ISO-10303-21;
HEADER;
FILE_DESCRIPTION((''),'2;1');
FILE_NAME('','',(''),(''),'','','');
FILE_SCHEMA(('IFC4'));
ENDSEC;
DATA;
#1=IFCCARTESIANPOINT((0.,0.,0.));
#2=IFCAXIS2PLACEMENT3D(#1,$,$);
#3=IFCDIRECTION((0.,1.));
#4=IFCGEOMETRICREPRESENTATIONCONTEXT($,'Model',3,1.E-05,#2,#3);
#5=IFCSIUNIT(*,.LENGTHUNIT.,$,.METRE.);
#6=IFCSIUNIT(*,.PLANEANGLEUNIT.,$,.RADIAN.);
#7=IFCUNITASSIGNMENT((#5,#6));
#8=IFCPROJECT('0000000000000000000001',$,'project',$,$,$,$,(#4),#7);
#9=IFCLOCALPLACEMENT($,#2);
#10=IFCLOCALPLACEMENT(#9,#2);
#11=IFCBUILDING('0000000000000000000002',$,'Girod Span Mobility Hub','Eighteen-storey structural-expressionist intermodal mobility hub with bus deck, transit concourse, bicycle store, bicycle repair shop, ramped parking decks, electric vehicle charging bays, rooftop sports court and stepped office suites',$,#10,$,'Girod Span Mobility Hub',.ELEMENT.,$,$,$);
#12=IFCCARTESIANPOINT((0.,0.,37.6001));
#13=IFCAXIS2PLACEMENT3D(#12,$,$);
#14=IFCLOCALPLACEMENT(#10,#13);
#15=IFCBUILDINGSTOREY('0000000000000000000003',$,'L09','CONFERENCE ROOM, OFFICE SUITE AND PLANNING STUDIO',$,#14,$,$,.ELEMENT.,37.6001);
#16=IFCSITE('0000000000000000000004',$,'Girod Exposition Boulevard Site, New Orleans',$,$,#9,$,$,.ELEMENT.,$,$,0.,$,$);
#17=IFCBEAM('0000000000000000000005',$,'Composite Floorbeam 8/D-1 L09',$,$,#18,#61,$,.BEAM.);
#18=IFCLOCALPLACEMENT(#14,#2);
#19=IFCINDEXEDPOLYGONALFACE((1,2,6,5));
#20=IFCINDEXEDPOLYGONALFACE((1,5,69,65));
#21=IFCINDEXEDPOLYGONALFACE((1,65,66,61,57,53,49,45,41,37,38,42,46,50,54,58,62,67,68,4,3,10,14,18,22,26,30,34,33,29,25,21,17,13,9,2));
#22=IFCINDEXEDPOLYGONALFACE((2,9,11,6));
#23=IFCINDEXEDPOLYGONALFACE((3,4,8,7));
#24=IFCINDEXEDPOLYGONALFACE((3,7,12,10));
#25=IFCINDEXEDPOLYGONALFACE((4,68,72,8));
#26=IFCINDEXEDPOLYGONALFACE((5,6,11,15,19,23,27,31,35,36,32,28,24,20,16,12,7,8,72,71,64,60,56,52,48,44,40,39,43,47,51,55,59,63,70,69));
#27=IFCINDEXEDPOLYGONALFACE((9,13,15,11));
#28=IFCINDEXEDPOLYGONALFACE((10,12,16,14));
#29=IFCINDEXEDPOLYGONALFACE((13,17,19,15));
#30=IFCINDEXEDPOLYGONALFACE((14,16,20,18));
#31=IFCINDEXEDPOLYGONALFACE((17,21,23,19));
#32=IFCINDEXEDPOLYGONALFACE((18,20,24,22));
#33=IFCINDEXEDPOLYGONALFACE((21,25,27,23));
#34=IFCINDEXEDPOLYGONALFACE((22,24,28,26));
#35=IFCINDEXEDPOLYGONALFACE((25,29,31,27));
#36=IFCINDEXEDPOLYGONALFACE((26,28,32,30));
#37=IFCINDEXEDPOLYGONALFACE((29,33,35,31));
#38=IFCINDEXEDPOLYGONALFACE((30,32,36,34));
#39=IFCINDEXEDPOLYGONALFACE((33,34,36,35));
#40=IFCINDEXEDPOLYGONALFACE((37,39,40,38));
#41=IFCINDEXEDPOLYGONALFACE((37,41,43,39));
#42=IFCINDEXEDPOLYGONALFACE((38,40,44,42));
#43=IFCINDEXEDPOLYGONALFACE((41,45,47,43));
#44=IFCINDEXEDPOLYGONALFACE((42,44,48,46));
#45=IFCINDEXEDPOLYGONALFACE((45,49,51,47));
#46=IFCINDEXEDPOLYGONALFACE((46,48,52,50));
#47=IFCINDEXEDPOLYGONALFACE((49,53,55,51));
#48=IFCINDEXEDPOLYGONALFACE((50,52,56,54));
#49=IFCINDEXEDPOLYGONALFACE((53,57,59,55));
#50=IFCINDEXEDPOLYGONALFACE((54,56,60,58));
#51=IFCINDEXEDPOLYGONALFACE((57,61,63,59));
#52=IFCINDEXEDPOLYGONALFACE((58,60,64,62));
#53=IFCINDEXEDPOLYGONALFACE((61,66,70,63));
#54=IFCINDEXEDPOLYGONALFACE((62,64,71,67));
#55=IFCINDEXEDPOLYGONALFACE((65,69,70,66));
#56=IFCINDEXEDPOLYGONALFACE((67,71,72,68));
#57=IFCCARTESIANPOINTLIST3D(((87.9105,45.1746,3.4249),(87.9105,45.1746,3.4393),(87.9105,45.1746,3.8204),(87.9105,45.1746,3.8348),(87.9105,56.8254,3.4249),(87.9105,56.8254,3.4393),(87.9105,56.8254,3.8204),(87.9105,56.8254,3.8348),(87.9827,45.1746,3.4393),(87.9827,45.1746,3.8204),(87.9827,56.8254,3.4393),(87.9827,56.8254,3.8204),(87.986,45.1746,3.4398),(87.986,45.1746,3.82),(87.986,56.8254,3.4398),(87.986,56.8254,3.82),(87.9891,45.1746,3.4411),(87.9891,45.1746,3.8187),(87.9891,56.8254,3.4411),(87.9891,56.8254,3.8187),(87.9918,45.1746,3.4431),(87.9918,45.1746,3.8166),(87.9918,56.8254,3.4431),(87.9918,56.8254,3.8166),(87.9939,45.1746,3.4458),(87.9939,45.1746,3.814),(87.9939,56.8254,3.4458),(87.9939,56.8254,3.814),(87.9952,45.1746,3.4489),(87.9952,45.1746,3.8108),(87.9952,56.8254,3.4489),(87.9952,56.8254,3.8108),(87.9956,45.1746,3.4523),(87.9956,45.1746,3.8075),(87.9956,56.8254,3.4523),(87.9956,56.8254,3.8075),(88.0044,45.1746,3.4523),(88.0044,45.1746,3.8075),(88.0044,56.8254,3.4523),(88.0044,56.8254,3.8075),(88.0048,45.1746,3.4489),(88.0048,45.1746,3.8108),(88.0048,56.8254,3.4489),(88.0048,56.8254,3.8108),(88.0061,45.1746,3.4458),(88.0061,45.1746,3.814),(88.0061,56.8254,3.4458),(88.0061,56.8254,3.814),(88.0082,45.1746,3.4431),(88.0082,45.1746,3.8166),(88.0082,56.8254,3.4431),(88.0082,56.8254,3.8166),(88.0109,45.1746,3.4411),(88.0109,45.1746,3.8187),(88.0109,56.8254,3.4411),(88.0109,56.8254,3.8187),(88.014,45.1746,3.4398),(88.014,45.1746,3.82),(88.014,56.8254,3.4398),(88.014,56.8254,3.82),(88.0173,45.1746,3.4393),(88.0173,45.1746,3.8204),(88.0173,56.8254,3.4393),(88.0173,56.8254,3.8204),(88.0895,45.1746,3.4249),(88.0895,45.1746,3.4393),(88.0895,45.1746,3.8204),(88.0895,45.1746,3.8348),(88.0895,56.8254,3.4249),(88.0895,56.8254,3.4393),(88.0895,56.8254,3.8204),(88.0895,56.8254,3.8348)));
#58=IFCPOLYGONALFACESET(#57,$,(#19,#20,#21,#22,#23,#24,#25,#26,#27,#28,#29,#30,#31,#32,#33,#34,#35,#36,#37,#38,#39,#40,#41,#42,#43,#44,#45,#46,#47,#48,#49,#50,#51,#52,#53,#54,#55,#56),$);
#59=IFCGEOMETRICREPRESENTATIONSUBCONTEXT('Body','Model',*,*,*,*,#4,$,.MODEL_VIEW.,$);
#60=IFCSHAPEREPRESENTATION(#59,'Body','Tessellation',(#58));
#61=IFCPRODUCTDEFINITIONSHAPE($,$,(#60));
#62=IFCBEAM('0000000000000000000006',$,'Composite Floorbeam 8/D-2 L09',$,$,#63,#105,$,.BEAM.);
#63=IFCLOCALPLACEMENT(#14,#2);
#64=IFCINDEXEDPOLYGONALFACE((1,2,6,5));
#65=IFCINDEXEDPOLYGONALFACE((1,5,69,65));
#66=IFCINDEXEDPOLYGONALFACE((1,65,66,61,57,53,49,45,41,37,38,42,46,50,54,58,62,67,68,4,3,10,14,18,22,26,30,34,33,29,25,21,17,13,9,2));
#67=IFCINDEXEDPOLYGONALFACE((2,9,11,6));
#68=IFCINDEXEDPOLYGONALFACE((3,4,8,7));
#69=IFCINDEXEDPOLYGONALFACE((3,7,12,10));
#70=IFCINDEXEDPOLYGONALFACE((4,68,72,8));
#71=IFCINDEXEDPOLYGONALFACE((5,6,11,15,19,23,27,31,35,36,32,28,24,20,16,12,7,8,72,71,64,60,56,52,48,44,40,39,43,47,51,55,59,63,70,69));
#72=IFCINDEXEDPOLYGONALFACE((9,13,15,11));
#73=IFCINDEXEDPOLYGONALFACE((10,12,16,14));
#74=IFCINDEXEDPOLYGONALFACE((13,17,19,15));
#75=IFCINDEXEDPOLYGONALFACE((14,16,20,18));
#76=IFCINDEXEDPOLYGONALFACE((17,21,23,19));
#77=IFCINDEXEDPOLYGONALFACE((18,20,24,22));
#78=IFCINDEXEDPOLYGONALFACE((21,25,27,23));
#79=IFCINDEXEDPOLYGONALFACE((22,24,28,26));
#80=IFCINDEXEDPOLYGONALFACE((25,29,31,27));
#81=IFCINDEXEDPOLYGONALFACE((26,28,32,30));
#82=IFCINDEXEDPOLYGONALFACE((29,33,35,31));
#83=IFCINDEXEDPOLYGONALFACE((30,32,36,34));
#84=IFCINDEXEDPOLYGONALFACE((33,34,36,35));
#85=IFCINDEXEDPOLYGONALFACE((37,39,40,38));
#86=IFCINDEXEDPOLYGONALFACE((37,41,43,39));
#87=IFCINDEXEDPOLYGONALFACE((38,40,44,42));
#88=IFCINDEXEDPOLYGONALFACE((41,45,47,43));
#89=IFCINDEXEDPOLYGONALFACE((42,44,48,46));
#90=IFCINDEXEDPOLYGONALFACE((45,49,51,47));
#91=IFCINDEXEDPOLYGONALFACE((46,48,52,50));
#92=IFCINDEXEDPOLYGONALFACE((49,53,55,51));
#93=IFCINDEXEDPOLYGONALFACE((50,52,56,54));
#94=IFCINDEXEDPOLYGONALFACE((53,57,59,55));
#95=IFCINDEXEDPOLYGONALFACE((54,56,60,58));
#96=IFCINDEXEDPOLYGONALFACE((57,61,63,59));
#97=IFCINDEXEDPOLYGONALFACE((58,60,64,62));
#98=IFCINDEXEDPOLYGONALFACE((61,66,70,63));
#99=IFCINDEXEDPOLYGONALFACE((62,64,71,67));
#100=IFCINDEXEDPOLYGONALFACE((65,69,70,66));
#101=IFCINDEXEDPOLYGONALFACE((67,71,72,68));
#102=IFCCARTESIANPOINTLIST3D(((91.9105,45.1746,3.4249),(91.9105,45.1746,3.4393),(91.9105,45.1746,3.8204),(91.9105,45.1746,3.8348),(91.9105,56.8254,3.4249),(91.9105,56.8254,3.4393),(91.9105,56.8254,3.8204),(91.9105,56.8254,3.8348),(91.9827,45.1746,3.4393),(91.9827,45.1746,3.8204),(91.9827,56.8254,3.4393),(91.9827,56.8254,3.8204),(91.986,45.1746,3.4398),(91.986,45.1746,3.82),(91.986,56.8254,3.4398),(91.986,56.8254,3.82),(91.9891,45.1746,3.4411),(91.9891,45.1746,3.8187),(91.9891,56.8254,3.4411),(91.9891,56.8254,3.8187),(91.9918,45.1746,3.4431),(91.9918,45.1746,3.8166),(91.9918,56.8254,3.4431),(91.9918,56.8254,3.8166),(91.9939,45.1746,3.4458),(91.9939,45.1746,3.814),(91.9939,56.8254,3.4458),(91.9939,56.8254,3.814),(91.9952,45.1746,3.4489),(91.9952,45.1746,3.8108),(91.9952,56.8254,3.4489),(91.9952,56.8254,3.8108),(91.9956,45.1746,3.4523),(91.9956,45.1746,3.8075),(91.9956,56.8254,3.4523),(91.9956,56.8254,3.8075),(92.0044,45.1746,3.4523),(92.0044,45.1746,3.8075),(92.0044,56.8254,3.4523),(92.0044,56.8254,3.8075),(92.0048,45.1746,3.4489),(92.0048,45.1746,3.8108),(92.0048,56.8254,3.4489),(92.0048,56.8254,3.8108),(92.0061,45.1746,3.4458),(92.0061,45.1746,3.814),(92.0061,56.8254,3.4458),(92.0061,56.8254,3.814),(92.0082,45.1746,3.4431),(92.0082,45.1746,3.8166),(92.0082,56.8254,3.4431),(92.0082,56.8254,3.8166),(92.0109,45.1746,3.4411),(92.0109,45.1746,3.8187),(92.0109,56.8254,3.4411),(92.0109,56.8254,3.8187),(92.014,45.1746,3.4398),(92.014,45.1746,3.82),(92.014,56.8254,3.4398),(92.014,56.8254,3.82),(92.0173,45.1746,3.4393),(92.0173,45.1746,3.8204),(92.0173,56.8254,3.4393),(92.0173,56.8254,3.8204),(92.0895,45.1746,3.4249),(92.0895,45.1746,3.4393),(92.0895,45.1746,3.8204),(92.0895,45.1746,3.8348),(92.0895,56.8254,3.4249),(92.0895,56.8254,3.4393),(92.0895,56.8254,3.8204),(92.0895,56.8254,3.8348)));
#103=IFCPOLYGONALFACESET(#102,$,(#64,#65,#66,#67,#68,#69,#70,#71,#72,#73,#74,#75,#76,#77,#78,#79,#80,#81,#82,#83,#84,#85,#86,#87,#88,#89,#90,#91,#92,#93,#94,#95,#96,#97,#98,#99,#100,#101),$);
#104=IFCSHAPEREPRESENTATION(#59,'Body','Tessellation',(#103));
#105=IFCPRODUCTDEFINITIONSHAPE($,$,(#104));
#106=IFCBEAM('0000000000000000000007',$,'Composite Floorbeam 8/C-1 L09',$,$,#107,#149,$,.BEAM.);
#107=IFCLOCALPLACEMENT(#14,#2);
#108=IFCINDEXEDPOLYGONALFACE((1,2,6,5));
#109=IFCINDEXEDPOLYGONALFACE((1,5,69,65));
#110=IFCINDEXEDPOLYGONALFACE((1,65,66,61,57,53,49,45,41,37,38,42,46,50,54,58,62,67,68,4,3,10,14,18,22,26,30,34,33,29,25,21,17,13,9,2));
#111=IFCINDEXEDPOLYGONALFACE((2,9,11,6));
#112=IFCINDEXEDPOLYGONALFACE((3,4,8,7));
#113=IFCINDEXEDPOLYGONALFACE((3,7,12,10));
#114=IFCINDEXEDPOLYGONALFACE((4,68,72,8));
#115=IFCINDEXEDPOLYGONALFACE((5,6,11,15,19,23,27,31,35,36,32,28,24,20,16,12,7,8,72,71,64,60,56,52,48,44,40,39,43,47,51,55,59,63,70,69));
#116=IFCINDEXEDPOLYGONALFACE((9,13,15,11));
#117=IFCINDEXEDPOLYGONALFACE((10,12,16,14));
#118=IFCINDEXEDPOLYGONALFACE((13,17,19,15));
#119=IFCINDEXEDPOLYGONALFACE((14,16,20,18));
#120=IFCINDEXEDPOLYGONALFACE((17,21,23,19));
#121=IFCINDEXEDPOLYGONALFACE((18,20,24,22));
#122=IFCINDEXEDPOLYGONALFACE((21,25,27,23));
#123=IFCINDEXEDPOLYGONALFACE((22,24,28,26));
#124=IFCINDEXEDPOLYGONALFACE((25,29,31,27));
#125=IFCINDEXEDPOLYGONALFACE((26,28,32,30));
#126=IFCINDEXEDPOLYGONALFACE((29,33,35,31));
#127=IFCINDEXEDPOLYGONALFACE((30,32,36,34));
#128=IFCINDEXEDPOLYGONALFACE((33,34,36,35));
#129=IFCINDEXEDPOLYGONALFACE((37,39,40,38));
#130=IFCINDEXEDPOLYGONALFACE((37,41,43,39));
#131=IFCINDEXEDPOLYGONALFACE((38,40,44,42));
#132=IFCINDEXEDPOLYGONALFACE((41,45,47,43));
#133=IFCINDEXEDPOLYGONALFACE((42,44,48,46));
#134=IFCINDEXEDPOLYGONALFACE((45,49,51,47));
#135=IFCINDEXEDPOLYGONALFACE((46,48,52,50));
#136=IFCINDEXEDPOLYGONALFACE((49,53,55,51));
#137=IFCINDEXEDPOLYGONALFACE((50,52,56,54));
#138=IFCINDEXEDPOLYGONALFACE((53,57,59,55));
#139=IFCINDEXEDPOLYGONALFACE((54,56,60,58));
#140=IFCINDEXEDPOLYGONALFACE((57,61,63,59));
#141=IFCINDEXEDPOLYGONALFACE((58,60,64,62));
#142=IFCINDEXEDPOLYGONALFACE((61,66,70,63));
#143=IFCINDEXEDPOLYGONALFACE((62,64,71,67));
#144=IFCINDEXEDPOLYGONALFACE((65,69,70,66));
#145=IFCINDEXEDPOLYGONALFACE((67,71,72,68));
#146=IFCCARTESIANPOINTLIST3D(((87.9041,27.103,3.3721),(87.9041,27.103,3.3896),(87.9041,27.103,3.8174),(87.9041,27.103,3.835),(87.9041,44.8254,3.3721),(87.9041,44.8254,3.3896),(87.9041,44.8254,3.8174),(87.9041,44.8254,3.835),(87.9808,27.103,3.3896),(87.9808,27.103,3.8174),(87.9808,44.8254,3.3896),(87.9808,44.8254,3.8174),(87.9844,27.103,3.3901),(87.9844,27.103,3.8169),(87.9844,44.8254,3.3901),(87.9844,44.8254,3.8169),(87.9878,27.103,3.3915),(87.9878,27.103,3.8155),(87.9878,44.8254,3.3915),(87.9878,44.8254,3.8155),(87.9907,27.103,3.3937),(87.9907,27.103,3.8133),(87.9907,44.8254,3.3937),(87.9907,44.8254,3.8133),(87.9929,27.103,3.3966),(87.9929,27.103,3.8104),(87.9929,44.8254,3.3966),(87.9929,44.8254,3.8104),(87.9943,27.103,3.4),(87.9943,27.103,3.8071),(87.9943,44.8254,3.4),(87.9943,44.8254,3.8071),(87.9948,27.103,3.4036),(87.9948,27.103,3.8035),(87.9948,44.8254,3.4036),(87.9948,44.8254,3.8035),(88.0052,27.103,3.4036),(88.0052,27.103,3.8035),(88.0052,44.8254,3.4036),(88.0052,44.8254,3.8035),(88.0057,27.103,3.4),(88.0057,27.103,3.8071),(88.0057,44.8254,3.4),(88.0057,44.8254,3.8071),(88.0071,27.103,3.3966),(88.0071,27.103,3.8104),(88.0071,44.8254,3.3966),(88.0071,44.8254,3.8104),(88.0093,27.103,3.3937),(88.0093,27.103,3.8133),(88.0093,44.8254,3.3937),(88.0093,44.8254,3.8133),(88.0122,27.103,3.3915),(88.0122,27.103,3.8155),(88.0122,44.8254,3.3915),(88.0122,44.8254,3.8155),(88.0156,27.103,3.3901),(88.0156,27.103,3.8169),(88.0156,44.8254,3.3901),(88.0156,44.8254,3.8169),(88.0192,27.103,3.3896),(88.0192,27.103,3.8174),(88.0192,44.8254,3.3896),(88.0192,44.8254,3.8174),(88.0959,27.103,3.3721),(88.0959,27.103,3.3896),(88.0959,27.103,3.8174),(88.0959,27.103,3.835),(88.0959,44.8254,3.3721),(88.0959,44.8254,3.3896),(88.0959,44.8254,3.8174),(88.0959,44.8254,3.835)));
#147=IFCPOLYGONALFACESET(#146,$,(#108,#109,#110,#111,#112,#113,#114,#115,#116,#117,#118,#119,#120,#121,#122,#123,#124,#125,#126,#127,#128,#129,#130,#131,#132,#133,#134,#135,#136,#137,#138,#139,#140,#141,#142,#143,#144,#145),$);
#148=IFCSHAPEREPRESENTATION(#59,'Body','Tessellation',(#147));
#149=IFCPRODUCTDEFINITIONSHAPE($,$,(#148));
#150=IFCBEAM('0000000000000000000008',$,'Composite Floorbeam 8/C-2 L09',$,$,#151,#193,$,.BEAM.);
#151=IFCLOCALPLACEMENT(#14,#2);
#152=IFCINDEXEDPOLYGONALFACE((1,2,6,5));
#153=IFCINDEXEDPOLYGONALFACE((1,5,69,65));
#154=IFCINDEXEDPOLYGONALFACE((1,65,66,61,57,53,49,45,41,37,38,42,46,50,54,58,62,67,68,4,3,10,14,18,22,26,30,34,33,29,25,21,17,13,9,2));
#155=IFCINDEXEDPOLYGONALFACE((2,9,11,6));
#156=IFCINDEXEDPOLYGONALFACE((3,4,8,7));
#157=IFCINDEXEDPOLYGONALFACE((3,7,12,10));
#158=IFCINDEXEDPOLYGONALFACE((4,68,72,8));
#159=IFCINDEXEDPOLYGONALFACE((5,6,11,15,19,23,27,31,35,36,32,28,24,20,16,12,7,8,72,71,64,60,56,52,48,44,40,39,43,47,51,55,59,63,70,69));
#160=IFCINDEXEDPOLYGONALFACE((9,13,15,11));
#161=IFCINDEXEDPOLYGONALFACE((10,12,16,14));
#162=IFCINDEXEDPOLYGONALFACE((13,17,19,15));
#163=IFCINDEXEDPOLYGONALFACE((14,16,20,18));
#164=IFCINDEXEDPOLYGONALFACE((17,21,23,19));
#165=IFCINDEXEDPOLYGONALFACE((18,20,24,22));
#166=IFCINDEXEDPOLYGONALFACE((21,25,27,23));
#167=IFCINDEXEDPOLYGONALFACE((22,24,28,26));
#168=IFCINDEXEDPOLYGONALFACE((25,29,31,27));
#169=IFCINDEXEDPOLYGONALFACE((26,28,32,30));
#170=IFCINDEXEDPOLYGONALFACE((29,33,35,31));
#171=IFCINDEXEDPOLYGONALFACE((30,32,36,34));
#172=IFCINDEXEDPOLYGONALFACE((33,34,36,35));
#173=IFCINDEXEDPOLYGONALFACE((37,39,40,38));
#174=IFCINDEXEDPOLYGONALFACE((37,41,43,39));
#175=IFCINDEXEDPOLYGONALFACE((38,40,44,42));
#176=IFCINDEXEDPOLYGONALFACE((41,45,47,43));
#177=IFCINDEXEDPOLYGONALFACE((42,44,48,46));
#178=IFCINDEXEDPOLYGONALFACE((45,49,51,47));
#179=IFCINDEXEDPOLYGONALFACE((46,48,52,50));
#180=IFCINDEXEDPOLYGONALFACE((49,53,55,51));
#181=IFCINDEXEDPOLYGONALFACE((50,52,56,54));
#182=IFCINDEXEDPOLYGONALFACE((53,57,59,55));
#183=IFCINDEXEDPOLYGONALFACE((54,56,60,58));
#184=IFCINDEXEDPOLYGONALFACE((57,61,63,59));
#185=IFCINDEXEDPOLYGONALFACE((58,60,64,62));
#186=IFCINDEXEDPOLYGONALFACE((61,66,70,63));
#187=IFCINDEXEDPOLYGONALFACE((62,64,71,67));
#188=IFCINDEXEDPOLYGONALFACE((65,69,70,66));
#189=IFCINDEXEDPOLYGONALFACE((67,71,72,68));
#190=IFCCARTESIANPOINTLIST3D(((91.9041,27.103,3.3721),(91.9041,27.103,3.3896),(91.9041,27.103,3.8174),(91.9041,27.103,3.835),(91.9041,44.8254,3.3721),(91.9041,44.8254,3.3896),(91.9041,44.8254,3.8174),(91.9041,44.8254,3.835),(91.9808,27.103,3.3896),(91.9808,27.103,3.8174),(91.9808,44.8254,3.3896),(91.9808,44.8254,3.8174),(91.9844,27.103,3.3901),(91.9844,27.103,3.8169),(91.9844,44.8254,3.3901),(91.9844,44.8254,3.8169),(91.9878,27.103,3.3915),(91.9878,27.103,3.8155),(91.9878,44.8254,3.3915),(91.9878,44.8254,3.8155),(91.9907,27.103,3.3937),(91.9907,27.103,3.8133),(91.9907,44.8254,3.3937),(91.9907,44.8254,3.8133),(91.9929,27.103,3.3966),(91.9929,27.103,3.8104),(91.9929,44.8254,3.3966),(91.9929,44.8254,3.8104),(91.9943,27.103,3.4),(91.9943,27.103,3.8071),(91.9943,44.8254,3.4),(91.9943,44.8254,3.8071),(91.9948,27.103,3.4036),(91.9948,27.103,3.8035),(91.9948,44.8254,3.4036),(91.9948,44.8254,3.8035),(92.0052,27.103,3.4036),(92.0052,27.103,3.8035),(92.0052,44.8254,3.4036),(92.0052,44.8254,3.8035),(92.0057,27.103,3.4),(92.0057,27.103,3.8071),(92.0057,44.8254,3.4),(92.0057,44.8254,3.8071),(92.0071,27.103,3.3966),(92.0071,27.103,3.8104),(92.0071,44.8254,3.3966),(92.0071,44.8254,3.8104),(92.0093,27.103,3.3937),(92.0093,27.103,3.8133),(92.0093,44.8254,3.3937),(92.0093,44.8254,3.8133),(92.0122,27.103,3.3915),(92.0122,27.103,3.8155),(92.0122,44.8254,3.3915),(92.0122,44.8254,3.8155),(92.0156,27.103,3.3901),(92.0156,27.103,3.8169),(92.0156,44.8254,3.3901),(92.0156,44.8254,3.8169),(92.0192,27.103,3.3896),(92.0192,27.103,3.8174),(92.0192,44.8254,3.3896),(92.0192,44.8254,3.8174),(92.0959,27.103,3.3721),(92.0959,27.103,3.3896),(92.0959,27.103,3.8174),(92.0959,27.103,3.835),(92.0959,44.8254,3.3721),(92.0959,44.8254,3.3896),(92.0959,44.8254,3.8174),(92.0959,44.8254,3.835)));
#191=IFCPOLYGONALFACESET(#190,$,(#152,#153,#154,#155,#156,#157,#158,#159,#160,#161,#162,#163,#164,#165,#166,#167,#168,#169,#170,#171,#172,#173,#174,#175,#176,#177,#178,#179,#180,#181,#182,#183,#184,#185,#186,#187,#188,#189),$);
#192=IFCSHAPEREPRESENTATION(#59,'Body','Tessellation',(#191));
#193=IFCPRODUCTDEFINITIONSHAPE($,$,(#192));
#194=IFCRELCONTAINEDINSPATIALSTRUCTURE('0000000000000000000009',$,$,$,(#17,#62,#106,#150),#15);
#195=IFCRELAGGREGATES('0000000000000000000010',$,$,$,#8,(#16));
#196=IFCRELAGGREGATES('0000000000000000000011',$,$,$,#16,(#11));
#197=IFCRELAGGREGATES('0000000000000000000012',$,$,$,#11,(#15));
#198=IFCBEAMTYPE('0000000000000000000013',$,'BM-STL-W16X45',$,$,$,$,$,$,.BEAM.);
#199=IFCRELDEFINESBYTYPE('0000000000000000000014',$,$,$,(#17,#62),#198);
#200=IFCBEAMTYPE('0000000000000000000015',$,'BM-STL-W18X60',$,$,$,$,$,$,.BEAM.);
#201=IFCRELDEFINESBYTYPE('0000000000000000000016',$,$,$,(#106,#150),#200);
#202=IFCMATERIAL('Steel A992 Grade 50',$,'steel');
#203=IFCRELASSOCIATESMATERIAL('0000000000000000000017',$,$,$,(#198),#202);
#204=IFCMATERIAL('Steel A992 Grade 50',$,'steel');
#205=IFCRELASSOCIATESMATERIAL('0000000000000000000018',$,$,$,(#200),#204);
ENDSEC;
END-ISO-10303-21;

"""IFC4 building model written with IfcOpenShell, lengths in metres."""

from ifc_helpers import new_model, si_unit, direction, frame, origin, origin_2d, place, context, subcontext, project, spatial, i_section, extrude, material, material_profile, profile_set, type_object, element, save


model = new_model("IFC4")

# Units and contexts
model_context = context("Model", 3, precision=1e-05, world=origin(), true_north=direction((0.0, 1.0)))
body_context = subcontext(model_context, "Body", "Model", "MODEL_VIEW")
ifc_project = project(units=[si_unit("LENGTHUNIT", "METRE"), si_unit("PLANEANGLEUNIT", "RADIAN")], contexts=[model_context])

# Site, building, storey
site_placement = place(None, origin())
site = spatial("IfcSite", under=ifc_project, at=site_placement, Name="Girod Exposition Boulevard Site, New Orleans", CompositionType="ELEMENT", RefElevation=0.0)
building_placement = place(site_placement, origin())
building = spatial("IfcBuilding", under=site, at=building_placement, Name="Girod Span Mobility Hub", Description="Eighteen-storey structural-expressionist intermodal mobility hub with bus deck, transit concourse, bicycle store, bicycle repair shop, ramped parking decks, electric vehicle charging bays, rooftop sports court and stepped office suites", LongName="Girod Span Mobility Hub", CompositionType="ELEMENT")
storey_placement = place(building_placement, frame((0.0, 0.0, 37.6001)))
storey = spatial("IfcBuildingStorey", under=building, at=storey_placement, Name="L09", Description="CONFERENCE ROOM, OFFICE SUITE AND PLANNING STUDIO", CompositionType="ELEMENT", Elevation=37.6001)

# Beams
ifc_material_1 = material(Name="Steel A992 Grade 50", Category="steel")
ifc_material_profile_1 = material_profile(ifc_material_1, i_section(OverallWidth=0.179, OverallDepth=0.4099, WebThickness=0.0088, FlangeThickness=0.0144, FilletRadius=0.0129, at=origin_2d()), Name="W16X45")
ifc_profile_set_1 = profile_set([ifc_material_profile_1], Name="Steel A992 Grade 50")
beam_type_1 = type_object("IfcBeamType", Name="BM-STL-W16X45", PredefinedType="BEAM", material=ifc_profile_set_1)
for number, where, z_axis, x_axis, name in (
    (1, (88.0, 45.1746, 3.6299), (0.0, 1.0, 0.0), (-1.0, 0.0, 0.0), "Composite Floorbeam 8/D-1 L09"),
    (2, (92.0, 45.1746, 3.6299), (0.0, 1.0, 0.0), (-1.0, 0.0, 0.0), "Composite Floorbeam 8/D-2 L09"),
):
    element("IfcBeam", number, at=place(storey_placement, frame(where, z_axis=z_axis, x_axis=x_axis)), inside=storey, type_object=beam_type_1, Name=name, PredefinedType="BEAM", context=body_context, shape_type="SweptSolid", body=[
        extrude(i_section(OverallWidth=0.179, OverallDepth=0.4099, WebThickness=0.0088, FlangeThickness=0.0144, FilletRadius=0.0129, at=origin_2d()), origin(), (0.0, 0.0, 1.0), 11.6509),
    ])
ifc_material_2 = material(Name="Steel A992 Grade 50", Category="steel")
ifc_material_profile_2 = material_profile(ifc_material_2, i_section(OverallWidth=0.1919, OverallDepth=0.4629, WebThickness=0.0105, FlangeThickness=0.0176, FilletRadius=0.0139, at=origin_2d()), Name="W18X60")
ifc_profile_set_2 = profile_set([ifc_material_profile_2], Name="Steel A992 Grade 50")
beam_type_2 = type_object("IfcBeamType", Name="BM-STL-W18X60", PredefinedType="BEAM", material=ifc_profile_set_2)
for number, where, z_axis, x_axis, name in (
    (3, (88.0, 27.103, 3.6035), (0.0, 1.0, 0.0), (-1.0, 0.0, 0.0), "Composite Floorbeam 8/C-1 L09"),
    (4, (92.0, 27.103, 3.6035), (0.0, 1.0, 0.0), (-1.0, 0.0, 0.0), "Composite Floorbeam 8/C-2 L09"),
):
    element("IfcBeam", number, at=place(storey_placement, frame(where, z_axis=z_axis, x_axis=x_axis)), inside=storey, type_object=beam_type_2, Name=name, PredefinedType="BEAM", context=body_context, shape_type="SweptSolid", body=[
        extrude(i_section(OverallWidth=0.1919, OverallDepth=0.4629, WebThickness=0.0105, FlangeThickness=0.0176, FilletRadius=0.0139, at=origin_2d()), origin(), (0.0, 0.0, 1.0), 17.7224),
    ])

save(model, "model.ifc")
